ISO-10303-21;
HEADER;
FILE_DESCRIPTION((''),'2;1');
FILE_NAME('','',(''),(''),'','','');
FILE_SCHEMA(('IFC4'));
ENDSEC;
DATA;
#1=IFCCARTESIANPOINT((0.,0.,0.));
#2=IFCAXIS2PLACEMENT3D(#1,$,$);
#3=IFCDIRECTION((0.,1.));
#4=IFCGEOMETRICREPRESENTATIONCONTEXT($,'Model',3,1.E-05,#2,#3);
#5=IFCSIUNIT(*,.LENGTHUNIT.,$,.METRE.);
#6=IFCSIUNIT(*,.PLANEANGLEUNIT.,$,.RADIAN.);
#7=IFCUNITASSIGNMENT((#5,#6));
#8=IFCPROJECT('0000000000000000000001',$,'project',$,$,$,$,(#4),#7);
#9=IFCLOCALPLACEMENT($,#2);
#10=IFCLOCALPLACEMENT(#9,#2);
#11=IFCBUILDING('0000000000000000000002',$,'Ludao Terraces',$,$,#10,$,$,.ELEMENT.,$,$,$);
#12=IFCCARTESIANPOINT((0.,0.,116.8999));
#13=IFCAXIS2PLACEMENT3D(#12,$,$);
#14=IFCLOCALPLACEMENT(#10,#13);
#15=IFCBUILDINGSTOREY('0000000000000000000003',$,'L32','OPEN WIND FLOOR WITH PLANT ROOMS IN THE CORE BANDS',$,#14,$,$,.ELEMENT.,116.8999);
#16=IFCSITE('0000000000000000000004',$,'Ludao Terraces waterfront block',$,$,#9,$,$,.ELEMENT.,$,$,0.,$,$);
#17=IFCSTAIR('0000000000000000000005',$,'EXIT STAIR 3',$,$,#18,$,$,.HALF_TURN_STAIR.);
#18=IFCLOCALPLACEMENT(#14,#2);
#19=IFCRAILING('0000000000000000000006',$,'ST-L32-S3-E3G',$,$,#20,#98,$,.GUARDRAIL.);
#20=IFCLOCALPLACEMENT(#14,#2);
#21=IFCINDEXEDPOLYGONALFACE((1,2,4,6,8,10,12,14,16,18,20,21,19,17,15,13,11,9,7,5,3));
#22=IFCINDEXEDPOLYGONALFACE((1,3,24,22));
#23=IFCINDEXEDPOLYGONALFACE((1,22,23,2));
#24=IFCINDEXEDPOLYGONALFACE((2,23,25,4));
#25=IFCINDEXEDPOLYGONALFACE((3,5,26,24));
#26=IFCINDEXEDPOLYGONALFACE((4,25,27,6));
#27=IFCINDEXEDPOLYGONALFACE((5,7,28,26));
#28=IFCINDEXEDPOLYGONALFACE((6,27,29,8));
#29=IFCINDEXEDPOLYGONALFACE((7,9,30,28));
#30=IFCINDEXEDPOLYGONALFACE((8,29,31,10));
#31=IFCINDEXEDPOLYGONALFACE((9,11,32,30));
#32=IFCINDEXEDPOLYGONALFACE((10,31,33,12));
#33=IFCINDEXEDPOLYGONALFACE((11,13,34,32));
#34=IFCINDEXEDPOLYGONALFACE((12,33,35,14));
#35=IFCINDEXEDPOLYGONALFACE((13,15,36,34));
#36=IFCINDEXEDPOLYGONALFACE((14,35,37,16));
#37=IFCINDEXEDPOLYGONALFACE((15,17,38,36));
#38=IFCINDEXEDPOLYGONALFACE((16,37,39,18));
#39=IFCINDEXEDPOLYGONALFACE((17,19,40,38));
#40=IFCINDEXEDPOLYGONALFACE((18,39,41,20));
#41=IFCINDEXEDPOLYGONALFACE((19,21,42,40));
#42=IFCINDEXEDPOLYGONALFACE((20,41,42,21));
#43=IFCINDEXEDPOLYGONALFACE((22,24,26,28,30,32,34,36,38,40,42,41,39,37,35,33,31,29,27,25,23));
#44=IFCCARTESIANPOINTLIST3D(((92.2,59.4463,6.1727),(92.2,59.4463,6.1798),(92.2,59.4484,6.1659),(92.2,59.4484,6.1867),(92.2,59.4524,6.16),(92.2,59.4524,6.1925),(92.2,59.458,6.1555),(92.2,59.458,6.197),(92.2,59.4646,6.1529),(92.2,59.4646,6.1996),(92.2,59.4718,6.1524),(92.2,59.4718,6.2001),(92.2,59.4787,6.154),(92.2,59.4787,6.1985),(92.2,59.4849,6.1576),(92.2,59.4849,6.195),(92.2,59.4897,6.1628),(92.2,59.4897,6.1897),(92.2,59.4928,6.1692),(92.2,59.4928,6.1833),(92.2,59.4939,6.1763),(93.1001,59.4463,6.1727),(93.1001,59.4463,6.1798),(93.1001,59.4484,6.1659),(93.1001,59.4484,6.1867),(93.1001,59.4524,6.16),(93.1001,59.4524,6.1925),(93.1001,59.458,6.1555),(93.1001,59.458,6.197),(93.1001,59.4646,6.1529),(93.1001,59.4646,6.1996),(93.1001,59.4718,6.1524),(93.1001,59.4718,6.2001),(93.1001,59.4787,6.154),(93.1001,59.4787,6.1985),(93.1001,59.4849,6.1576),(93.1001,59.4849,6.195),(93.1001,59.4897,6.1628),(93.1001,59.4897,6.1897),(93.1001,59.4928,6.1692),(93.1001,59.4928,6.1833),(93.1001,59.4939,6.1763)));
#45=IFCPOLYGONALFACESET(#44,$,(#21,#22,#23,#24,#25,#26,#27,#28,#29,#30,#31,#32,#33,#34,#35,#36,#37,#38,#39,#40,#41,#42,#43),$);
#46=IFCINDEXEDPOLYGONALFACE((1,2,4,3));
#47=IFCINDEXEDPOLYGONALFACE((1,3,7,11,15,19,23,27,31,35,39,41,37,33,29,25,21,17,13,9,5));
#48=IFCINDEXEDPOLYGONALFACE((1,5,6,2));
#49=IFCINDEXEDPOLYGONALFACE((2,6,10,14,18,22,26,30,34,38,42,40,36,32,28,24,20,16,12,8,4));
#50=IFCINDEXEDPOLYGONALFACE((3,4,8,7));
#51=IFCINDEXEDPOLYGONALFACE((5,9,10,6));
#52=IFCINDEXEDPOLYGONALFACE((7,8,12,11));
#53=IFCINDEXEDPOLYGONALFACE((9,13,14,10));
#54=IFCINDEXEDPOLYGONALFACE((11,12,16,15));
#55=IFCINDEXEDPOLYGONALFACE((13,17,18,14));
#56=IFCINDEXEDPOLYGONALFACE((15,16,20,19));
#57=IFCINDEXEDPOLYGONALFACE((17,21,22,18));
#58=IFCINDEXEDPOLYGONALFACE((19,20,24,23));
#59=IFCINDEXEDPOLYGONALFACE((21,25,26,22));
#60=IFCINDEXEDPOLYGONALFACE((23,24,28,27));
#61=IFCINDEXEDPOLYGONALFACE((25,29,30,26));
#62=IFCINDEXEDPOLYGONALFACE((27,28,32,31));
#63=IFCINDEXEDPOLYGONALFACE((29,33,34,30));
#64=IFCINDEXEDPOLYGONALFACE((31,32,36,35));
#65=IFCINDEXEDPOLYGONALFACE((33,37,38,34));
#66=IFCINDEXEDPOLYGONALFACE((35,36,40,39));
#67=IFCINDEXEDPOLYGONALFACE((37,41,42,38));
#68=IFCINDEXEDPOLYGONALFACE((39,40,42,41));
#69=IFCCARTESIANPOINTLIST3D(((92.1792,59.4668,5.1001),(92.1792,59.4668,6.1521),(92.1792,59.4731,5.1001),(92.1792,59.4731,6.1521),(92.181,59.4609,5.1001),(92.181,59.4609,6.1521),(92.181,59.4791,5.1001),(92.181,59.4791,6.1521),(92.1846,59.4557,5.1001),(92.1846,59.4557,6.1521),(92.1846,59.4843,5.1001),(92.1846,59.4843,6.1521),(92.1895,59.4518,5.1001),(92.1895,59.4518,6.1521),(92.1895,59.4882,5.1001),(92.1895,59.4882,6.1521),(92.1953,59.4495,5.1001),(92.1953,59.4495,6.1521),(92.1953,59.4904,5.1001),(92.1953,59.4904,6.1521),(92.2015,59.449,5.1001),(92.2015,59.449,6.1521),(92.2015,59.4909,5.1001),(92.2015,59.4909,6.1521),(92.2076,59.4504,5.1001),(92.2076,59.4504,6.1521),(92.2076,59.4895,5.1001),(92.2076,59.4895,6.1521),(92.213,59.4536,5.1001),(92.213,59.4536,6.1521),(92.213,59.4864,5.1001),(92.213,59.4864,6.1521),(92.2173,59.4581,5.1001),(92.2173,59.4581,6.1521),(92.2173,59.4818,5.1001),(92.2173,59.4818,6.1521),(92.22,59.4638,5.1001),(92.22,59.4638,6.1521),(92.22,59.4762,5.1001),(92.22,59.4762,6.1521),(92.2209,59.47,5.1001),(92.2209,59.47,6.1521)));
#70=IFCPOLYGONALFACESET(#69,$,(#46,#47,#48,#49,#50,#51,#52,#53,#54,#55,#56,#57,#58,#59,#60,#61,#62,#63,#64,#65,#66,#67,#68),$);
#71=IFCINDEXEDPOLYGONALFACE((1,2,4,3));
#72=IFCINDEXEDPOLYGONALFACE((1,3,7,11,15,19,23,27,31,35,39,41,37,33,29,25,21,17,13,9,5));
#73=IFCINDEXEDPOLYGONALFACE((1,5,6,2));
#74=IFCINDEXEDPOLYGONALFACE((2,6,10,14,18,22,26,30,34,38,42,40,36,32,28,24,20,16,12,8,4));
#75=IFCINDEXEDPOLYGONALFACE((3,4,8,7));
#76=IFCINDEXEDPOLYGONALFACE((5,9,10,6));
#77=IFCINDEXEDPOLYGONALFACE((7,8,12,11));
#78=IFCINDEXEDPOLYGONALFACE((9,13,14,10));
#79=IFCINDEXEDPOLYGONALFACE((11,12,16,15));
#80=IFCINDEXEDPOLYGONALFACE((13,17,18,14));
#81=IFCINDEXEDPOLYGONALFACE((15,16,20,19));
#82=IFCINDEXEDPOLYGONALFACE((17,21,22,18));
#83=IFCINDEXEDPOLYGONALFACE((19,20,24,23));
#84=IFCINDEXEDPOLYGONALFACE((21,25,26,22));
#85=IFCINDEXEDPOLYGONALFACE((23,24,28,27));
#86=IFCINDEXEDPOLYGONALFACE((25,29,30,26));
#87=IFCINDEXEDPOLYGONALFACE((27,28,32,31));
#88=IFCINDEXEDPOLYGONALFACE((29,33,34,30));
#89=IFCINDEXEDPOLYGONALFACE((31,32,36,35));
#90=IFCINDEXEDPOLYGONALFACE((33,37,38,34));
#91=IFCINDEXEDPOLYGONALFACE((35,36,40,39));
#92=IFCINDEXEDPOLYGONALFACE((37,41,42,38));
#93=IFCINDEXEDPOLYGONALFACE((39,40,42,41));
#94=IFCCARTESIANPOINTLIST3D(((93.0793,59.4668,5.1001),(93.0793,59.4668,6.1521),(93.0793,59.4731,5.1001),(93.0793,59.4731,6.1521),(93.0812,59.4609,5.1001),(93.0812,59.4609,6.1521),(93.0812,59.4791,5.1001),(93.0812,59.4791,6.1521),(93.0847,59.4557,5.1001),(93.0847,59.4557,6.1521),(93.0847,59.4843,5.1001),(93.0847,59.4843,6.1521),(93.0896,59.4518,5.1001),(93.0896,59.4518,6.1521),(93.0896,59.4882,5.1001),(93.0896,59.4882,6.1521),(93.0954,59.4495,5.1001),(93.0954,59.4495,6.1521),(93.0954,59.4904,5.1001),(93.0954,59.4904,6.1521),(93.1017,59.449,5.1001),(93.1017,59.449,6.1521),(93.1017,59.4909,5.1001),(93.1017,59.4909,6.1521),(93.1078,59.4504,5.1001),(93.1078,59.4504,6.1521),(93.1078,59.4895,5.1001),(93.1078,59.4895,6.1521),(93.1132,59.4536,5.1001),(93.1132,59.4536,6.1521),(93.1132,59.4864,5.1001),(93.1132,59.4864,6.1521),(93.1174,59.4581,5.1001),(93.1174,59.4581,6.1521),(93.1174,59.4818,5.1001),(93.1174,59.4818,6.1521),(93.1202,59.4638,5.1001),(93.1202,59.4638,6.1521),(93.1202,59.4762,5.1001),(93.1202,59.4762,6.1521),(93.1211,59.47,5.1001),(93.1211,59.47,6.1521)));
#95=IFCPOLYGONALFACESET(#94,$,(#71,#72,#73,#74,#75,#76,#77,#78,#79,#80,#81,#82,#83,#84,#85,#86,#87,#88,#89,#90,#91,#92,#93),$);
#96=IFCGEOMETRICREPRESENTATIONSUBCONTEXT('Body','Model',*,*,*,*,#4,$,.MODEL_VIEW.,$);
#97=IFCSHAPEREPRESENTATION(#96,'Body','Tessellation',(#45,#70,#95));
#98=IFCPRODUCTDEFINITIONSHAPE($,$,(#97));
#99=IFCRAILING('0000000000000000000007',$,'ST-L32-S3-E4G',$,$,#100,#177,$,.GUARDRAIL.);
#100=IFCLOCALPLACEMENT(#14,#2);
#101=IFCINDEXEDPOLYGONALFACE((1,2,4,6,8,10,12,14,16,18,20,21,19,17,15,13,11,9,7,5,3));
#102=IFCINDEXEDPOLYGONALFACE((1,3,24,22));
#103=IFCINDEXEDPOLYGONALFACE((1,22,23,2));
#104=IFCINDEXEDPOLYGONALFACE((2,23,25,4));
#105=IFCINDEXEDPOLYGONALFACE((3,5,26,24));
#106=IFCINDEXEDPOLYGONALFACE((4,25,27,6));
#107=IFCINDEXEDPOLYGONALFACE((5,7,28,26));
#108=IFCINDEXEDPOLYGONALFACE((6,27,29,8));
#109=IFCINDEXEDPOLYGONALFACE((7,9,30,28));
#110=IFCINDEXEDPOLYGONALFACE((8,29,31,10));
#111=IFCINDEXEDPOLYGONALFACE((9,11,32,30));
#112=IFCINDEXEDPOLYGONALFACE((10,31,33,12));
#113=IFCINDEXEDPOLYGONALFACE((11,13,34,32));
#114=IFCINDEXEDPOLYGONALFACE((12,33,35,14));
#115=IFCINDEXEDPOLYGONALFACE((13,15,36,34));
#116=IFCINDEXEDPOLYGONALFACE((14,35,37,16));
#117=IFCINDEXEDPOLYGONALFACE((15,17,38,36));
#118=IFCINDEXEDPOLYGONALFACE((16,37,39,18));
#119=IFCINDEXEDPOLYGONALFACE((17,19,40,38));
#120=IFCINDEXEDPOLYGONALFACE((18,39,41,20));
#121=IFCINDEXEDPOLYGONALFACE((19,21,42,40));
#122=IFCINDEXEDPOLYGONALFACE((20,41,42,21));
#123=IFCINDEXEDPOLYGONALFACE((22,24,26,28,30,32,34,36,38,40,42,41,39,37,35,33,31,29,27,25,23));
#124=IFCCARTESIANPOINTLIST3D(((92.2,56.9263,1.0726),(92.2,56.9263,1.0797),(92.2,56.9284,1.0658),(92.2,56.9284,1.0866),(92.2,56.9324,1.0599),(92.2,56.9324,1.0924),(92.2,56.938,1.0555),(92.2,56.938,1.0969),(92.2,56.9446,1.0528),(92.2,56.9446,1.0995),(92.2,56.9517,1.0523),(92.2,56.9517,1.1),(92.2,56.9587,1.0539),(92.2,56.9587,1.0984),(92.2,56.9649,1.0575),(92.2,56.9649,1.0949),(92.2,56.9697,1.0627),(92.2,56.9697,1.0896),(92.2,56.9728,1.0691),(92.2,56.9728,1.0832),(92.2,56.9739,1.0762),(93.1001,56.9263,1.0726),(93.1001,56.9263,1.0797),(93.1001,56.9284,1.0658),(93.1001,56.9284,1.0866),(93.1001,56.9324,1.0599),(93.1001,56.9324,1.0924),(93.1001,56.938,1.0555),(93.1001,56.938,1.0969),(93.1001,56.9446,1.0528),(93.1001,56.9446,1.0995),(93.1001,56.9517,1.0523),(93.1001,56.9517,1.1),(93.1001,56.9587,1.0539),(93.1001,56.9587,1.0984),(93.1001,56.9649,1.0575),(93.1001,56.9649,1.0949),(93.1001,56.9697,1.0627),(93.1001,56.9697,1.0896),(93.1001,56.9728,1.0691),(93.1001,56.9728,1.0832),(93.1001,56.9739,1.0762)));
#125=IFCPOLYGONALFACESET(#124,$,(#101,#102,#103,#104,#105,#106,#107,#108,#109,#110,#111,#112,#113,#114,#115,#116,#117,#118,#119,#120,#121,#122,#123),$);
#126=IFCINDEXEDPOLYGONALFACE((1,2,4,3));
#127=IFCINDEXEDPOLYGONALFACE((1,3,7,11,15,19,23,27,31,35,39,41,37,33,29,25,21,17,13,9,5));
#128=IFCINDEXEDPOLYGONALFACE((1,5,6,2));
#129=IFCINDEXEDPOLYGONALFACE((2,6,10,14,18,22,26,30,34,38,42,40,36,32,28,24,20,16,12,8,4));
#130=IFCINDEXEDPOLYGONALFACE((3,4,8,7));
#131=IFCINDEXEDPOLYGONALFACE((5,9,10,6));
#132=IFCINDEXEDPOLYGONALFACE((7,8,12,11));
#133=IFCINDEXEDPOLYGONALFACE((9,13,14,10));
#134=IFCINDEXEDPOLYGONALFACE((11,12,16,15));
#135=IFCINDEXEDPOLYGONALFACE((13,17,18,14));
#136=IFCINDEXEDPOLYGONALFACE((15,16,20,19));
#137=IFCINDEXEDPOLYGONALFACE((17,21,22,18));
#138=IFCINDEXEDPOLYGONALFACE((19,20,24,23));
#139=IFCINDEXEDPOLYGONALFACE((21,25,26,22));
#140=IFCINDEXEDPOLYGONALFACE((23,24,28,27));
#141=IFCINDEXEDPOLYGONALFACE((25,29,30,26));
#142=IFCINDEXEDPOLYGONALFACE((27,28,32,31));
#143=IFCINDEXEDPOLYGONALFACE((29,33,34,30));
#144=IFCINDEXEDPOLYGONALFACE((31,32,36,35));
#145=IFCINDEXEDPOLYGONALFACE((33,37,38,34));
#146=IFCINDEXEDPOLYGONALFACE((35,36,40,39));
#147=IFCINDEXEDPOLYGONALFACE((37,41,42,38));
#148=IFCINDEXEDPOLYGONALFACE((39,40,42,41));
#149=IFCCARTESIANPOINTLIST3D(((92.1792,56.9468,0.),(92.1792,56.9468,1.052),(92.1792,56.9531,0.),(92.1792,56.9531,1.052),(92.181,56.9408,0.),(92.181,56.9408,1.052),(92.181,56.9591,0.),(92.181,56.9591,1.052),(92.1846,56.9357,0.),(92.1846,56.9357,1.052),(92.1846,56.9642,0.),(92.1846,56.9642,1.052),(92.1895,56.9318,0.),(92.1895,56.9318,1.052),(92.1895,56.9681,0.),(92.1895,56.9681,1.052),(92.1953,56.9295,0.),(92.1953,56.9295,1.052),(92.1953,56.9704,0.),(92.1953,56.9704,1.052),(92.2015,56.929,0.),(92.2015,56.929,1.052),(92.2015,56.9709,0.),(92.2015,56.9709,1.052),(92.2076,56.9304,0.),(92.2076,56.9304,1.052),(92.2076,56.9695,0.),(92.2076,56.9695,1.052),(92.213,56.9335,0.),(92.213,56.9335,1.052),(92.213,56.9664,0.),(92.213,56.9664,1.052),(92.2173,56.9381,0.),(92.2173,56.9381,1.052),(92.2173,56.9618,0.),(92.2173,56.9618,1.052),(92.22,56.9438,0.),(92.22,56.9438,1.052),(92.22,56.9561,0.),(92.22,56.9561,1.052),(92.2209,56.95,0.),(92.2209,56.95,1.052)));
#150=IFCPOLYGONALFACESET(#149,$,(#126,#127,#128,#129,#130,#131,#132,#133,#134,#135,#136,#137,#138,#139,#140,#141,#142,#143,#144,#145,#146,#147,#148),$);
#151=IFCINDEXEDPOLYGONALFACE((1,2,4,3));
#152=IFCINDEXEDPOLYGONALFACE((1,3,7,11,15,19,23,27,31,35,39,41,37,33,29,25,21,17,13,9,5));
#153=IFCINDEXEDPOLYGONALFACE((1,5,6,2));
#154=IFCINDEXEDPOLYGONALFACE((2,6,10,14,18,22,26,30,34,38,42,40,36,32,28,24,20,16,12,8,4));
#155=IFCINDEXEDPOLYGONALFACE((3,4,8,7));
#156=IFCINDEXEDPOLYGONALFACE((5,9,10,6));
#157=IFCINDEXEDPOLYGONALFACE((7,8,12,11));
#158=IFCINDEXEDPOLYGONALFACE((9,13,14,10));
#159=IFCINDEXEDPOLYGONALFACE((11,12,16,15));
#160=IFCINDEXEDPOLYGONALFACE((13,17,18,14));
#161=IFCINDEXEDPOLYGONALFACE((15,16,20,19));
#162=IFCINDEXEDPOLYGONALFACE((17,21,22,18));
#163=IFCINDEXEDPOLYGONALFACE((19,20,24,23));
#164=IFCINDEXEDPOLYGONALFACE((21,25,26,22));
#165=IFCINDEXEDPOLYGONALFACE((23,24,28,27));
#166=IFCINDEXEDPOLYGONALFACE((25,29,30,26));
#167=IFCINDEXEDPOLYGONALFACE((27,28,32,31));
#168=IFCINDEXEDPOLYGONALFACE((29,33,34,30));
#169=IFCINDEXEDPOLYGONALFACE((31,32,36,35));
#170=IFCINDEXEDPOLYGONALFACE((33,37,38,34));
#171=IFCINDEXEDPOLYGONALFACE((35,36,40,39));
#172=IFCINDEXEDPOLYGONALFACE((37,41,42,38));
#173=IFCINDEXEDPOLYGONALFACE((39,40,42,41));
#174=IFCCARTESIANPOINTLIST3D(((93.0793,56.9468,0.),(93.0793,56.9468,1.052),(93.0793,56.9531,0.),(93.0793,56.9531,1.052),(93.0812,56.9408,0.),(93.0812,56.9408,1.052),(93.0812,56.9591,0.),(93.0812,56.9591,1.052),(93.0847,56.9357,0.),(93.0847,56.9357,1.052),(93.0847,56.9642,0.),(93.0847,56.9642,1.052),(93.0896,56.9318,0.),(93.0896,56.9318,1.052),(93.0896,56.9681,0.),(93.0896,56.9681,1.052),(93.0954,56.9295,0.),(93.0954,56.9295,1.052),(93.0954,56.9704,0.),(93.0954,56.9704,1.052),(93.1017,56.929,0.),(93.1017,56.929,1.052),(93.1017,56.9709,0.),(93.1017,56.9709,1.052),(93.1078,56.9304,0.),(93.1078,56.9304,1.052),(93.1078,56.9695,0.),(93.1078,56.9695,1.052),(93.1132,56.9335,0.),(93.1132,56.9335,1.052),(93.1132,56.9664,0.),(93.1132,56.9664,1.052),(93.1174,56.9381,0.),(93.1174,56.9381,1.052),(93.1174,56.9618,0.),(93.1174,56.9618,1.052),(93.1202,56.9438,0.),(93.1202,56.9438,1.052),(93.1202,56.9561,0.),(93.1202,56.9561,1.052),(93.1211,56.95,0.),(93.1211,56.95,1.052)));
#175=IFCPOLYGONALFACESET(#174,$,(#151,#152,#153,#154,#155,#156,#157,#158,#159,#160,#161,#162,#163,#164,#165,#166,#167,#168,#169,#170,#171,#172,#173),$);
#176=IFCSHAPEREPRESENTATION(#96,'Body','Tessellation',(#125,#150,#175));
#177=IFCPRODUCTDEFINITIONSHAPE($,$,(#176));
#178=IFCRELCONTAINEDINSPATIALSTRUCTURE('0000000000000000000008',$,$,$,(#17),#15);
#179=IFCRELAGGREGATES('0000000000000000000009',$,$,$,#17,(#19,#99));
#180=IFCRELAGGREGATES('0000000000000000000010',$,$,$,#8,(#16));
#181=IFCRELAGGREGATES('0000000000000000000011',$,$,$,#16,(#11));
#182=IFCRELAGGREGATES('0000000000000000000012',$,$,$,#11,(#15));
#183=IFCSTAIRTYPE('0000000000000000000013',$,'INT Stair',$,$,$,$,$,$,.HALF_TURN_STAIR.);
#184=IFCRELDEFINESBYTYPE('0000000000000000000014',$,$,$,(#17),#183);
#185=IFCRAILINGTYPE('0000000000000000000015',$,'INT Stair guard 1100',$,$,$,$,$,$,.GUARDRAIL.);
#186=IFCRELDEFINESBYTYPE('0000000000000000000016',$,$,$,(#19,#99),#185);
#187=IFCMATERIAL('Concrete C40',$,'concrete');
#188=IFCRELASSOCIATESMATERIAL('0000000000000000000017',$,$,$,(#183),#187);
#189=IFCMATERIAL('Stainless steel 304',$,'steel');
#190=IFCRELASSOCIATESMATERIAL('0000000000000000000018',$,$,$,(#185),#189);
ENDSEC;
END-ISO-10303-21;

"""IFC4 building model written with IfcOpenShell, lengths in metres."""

from ifc_helpers import new_model, si_unit, direction, frame, origin, origin_2d, place, context, subcontext, project, spatial, circle, extrude, material, type_object, element, aggregate, save


model = new_model("IFC4")

# Units and contexts
model_context = context("Model", 3, precision=1e-05, world=origin(), true_north=direction((0.0, 1.0)))
body_context = subcontext(model_context, "Body", "Model", "MODEL_VIEW")
ifc_project = project(units=[si_unit("LENGTHUNIT", "METRE"), si_unit("PLANEANGLEUNIT", "RADIAN")], contexts=[model_context])

# Site, building, storey
site_placement = place(None, origin())
site = spatial("IfcSite", under=ifc_project, at=site_placement, Name="Ludao Terraces waterfront block", CompositionType="ELEMENT", RefElevation=0.0)
building_placement = place(site_placement, origin())
building = spatial("IfcBuilding", under=site, at=building_placement, Name="Ludao Terraces", CompositionType="ELEMENT")
storey_placement = place(building_placement, frame((0.0, 0.0, 116.8999)))
storey = spatial("IfcBuildingStorey", under=building, at=storey_placement, Name="L32", Description="OPEN WIND FLOOR WITH PLANT ROOMS IN THE CORE BANDS", CompositionType="ELEMENT", Elevation=116.8999)

# Stair, railings
ifc_material_1 = material(Name="Concrete C40", Category="concrete")
stair_type = type_object("IfcStairType", Name="INT Stair", PredefinedType="HALF_TURN_STAIR", material=ifc_material_1)
stair_placement = place(storey_placement, origin())
stair = element("IfcStair", 1, at=stair_placement, inside=storey, type_object=stair_type, Name="EXIT STAIR 3", PredefinedType="HALF_TURN_STAIR")
ifc_material_2 = material(Name="Stainless steel 304", Category="steel")
railing_type_1 = type_object("IfcRailingType", Name="INT Stair guard 1100", PredefinedType="GUARDRAIL", material=ifc_material_2)
railing_1_placement = place(storey_placement, frame((92.2, 59.47, 5.1001)))
railing_1 = element("IfcRailing", 2, at=railing_1_placement, type_object=railing_type_1, Name="ST-L32-S3-E3G", PredefinedType="GUARDRAIL", context=body_context, shape_type="SweptSolid", body=[
    extrude(circle(Radius=0.0239, at=origin_2d()), frame((0.0, 0.0, 1.0762), z_axis=(1.0, 0.0, 0.0), x_axis=(0.0, 1.0, 0.0)), (0.0, 0.0, 1.0), 0.9001),
    extrude(circle(Radius=0.021, at=origin_2d()), origin(), (0.0, 0.0, 1.0), 1.052),
    extrude(circle(Radius=0.021, at=origin_2d()), frame((0.9001, 0.0, 0.0)), (0.0, 0.0, 1.0), 1.052),
])
railing_2_placement = place(storey_placement, frame((92.2, 56.95, 0.0)))
railing_2 = element("IfcRailing", 3, at=railing_2_placement, type_object=railing_type_1, Name="ST-L32-S3-E4G", PredefinedType="GUARDRAIL", context=body_context, shape_type="SweptSolid", body=[
    extrude(circle(Radius=0.0239, at=origin_2d()), frame((0.0, 0.0, 1.0762), z_axis=(1.0, 0.0, 0.0), x_axis=(0.0, 1.0, 0.0)), (0.0, 0.0, 1.0), 0.9001),
    extrude(circle(Radius=0.021, at=origin_2d()), origin(), (0.0, 0.0, 1.0), 1.052),
    extrude(circle(Radius=0.021, at=origin_2d()), frame((0.9001, 0.0, 0.0)), (0.0, 0.0, 1.0), 1.052),
])
aggregate(stair, [railing_1, railing_2])

save(model, "model.ifc")
